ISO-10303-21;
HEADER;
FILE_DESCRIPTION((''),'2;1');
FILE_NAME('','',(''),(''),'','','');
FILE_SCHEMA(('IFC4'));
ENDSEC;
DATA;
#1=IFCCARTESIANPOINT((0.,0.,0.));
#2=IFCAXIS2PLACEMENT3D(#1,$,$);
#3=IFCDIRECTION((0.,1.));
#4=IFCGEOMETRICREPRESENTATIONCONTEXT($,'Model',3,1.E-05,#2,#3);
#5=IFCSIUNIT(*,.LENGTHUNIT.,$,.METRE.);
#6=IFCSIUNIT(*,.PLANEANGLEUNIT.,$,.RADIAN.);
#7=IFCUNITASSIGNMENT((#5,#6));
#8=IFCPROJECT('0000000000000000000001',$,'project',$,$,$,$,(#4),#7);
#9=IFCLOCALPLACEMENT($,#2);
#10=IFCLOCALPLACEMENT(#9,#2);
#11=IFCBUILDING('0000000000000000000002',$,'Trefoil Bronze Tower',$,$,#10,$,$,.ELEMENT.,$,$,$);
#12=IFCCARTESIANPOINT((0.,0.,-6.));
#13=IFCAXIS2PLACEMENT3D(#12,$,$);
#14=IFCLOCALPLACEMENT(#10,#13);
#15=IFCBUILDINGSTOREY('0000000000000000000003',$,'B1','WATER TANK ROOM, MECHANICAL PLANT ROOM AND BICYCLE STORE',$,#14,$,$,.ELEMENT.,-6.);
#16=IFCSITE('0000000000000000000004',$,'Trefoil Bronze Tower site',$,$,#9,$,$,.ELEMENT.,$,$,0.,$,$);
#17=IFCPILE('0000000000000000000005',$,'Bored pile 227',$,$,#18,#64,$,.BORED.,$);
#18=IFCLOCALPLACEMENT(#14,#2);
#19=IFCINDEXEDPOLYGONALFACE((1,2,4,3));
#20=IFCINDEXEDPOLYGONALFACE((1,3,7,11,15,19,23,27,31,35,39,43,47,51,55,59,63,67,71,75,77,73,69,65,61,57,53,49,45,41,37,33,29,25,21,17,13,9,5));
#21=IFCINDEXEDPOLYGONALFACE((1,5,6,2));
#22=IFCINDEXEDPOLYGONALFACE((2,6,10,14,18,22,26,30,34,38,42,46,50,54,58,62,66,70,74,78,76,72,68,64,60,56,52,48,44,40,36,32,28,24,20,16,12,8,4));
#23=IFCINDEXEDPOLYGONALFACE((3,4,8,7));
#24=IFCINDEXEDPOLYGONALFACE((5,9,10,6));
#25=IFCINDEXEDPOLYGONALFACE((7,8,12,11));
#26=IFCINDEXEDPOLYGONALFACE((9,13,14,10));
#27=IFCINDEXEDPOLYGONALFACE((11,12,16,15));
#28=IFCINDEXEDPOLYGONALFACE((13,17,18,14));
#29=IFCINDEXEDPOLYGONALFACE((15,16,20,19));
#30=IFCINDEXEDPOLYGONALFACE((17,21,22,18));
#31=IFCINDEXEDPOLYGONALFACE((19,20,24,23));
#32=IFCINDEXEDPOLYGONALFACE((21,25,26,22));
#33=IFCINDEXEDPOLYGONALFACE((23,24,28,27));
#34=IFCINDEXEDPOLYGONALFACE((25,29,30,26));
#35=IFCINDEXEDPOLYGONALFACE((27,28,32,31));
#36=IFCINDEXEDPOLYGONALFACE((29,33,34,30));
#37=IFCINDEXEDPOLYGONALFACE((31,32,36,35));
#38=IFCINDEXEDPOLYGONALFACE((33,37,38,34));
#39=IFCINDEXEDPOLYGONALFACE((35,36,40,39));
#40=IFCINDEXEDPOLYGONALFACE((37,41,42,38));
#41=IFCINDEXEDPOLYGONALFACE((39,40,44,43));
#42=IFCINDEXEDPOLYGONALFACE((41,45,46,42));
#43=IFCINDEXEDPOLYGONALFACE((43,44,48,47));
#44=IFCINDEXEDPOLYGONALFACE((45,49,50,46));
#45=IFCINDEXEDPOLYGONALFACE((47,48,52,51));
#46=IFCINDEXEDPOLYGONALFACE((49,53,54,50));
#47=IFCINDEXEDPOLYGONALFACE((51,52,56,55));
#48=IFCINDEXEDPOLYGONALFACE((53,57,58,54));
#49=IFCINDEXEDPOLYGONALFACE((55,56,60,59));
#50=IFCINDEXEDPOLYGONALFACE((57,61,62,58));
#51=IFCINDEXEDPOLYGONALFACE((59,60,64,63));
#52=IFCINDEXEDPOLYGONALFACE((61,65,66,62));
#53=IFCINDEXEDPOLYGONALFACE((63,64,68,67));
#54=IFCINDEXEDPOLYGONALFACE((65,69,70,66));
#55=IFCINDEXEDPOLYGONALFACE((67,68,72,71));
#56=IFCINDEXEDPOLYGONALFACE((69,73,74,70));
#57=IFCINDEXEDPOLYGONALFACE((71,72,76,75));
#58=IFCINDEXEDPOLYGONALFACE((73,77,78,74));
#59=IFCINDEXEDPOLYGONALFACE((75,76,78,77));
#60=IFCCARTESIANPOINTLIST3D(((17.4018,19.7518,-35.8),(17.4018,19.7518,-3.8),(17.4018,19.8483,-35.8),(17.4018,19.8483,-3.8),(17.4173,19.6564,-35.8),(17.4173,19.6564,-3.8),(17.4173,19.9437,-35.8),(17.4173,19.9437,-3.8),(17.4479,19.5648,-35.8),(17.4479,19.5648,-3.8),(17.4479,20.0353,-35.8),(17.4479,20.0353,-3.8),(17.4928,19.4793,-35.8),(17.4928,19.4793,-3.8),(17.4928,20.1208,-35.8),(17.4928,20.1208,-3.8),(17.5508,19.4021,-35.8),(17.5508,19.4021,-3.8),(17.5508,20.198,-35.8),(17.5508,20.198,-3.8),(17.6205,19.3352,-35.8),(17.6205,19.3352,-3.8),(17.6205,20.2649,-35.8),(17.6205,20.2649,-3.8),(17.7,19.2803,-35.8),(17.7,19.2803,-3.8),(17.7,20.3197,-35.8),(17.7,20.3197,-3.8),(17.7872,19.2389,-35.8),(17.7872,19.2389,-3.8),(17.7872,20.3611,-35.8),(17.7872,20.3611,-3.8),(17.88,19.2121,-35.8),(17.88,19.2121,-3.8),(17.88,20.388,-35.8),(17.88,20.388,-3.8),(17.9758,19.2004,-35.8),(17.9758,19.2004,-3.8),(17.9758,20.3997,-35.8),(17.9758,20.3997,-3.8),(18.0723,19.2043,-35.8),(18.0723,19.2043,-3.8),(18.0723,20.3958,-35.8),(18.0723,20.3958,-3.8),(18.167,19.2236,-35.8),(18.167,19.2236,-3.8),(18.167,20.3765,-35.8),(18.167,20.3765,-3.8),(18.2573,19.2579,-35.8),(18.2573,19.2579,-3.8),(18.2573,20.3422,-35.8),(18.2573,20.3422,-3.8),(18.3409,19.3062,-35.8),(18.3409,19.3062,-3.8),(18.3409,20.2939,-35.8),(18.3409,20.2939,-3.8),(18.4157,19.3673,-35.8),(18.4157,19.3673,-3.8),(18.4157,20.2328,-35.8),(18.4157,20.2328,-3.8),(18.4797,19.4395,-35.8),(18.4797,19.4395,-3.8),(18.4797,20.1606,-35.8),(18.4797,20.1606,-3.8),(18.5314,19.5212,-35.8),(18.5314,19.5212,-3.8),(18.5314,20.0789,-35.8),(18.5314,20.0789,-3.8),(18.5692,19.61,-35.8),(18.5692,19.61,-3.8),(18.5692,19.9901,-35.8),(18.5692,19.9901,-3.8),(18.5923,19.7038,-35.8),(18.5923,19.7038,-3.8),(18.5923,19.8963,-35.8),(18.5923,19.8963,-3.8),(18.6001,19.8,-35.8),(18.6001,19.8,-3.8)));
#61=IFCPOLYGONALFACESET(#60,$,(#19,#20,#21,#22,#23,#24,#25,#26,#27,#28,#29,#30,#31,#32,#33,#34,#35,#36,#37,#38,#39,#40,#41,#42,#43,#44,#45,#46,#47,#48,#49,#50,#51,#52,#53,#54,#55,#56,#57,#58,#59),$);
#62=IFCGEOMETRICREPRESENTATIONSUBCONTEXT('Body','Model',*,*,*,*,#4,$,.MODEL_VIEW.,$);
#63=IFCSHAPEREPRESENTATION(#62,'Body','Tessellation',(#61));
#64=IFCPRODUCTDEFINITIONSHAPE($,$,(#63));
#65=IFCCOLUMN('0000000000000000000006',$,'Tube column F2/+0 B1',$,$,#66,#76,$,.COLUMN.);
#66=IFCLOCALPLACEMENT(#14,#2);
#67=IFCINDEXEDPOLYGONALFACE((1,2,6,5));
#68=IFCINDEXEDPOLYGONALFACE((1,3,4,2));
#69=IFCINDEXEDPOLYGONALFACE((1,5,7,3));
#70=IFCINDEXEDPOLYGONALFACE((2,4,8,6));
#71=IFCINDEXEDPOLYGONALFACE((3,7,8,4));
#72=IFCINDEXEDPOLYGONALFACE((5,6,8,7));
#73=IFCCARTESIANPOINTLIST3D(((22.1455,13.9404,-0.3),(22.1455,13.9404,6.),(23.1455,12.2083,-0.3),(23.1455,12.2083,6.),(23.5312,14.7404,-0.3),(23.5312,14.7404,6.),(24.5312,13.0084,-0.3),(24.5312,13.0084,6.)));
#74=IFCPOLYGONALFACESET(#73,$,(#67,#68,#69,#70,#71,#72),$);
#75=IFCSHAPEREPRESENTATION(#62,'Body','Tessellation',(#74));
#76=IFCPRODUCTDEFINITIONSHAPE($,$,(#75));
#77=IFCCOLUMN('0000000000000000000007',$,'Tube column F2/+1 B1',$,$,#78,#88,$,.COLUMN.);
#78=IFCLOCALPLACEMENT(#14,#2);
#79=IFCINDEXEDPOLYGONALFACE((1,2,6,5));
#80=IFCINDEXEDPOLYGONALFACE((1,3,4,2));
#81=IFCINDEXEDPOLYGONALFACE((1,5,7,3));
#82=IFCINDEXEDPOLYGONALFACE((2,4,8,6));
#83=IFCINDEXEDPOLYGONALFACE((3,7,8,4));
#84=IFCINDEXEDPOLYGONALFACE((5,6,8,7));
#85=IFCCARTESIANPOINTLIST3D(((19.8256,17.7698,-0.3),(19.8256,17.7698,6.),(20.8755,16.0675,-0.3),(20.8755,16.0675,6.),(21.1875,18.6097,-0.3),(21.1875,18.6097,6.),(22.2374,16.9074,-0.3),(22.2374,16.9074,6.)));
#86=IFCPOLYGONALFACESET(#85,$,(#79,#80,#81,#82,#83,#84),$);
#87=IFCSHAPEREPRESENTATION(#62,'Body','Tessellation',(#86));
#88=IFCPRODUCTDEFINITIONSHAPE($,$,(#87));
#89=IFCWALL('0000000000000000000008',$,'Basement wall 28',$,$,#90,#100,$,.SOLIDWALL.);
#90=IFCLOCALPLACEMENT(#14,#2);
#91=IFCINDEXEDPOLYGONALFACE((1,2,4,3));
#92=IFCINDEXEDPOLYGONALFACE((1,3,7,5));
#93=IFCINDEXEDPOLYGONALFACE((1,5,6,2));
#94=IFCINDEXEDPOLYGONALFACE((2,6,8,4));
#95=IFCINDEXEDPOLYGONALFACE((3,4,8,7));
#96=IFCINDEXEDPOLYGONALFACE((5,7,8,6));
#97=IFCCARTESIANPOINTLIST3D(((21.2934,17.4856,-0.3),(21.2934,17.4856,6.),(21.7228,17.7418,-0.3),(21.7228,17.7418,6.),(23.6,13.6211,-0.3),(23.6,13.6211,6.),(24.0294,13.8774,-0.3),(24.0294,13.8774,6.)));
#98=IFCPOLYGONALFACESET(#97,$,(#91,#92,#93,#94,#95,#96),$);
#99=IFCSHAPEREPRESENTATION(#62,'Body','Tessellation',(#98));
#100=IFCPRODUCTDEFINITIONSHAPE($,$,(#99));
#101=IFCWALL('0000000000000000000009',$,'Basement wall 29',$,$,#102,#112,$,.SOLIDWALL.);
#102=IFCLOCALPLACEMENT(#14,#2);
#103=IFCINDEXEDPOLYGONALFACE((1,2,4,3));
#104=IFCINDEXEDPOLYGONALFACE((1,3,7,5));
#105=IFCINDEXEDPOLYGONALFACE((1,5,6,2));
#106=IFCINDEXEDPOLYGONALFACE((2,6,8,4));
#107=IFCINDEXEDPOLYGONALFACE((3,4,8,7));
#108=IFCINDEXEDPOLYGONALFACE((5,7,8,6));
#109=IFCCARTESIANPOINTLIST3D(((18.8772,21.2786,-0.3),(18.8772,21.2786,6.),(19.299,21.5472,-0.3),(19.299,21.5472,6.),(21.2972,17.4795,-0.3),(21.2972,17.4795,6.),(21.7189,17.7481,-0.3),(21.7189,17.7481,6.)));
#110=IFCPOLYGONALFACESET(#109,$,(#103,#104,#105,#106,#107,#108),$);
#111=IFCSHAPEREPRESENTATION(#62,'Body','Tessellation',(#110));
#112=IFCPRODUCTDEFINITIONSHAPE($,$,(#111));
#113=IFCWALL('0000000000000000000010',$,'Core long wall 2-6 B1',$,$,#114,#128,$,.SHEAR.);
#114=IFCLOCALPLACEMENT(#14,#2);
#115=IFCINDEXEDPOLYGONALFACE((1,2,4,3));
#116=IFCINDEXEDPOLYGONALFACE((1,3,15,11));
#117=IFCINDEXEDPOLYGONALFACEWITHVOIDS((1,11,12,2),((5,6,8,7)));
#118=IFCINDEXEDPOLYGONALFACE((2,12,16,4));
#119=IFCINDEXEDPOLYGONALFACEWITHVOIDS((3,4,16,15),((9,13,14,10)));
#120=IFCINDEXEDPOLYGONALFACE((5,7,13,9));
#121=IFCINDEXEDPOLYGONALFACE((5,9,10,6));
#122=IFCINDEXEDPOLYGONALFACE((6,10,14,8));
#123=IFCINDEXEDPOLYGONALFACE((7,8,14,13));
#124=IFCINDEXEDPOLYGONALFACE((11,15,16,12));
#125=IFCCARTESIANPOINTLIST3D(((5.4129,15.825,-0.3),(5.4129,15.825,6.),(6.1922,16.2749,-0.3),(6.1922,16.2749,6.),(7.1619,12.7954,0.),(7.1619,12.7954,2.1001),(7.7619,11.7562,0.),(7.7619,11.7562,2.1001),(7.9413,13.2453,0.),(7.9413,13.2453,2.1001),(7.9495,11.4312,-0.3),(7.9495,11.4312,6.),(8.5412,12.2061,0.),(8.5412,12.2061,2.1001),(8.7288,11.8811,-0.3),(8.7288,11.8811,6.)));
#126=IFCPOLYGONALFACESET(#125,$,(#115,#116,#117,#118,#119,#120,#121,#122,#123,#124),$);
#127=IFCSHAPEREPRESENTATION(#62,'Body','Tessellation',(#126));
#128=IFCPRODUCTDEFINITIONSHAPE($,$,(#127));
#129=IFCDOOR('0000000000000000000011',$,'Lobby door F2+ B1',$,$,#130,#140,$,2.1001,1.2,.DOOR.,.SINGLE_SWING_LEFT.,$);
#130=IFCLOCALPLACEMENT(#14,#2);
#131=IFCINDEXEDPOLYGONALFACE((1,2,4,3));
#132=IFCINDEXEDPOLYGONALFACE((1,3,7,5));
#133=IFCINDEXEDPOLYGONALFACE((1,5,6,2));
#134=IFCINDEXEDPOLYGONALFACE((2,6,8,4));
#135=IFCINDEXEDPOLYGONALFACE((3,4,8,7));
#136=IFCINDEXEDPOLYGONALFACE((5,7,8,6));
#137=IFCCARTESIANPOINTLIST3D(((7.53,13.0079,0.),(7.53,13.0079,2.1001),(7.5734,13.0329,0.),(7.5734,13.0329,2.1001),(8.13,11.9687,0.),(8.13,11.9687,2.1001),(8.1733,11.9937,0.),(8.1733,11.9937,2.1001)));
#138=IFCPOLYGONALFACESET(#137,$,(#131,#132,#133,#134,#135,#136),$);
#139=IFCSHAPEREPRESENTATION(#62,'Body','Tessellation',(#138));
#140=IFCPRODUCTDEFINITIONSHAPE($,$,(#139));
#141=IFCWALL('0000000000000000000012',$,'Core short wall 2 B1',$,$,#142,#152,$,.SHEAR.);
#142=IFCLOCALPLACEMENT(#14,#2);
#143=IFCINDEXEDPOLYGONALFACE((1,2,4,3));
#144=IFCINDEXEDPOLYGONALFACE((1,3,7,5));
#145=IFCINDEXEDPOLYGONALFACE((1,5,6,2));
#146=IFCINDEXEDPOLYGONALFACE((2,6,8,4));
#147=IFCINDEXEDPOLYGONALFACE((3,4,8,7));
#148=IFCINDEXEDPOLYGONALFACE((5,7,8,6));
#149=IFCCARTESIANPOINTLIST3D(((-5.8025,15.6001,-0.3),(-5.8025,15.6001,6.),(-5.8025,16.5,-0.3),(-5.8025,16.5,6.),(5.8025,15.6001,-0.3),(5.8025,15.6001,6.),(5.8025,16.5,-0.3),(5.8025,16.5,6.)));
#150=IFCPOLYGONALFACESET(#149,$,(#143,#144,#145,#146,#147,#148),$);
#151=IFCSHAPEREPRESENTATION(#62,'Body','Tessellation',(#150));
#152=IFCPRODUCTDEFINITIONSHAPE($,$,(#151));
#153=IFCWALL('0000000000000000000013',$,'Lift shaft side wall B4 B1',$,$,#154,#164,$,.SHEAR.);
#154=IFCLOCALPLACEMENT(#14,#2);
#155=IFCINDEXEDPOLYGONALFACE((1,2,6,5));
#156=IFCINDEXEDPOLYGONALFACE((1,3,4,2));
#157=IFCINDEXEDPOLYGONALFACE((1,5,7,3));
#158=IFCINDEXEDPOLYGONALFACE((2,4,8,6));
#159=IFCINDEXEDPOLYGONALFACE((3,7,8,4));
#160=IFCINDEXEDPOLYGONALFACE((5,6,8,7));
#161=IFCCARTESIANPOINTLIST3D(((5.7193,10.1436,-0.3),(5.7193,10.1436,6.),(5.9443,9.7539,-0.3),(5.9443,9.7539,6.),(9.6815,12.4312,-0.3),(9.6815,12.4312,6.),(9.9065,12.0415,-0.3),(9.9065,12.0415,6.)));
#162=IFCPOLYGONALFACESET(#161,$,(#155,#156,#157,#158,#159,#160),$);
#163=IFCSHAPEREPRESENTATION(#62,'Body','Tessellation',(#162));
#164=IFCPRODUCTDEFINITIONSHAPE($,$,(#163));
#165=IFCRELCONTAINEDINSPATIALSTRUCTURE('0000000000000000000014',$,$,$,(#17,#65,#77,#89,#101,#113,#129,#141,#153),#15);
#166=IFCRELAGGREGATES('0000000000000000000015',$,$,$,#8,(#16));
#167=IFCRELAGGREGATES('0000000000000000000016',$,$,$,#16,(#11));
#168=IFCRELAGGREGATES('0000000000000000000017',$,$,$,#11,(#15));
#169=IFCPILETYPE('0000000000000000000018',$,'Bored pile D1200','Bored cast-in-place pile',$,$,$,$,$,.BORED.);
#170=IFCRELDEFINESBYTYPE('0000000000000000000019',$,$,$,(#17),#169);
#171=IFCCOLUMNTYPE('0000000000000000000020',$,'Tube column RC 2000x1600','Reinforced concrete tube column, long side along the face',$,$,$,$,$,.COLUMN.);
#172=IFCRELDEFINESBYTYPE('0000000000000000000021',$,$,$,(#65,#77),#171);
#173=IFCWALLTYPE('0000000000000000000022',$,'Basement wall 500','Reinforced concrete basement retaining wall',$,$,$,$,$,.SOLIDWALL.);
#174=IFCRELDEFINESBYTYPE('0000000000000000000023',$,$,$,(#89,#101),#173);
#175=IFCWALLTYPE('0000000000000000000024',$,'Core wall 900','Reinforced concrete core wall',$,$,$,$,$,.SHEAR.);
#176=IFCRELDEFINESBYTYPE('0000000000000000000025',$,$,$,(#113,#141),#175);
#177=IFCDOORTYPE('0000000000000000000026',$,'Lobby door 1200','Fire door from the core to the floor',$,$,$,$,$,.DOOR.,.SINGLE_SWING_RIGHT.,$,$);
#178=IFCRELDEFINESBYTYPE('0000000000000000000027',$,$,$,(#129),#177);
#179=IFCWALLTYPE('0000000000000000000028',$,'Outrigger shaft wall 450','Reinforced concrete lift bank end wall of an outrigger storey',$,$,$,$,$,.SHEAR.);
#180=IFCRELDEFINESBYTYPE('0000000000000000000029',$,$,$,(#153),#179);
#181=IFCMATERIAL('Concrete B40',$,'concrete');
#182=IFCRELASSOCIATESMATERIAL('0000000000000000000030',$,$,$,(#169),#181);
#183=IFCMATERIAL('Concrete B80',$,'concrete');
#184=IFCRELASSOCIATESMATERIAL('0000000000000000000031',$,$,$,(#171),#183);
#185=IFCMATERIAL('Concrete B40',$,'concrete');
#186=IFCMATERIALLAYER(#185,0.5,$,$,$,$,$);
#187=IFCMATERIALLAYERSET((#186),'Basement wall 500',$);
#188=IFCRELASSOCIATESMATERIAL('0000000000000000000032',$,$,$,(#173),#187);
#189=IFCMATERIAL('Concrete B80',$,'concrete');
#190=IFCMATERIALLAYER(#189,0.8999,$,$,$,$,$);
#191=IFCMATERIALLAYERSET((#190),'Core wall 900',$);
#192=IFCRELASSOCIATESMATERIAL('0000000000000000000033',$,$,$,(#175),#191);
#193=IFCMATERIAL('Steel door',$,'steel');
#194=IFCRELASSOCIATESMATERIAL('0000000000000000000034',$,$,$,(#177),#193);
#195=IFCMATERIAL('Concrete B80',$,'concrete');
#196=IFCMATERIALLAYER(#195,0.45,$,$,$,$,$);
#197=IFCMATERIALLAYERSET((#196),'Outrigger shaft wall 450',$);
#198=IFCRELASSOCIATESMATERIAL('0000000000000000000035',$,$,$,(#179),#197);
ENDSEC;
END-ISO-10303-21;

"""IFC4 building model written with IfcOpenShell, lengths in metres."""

from ifc_helpers import new_model, si_unit, direction, frame, frame_2d, origin, origin_2d, place, context, subcontext, project, spatial, rectangle, circle, extrude, material, layer, layer_set, material_profile, profile_set, type_object, element, fill, save


model = new_model("IFC4")

# Units and contexts
model_context = context("Model", 3, precision=1e-05, world=origin(), true_north=direction((0.0, 1.0)))
body_context = subcontext(model_context, "Body", "Model", "MODEL_VIEW")
ifc_project = project(units=[si_unit("LENGTHUNIT", "METRE"), si_unit("PLANEANGLEUNIT", "RADIAN")], contexts=[model_context])

# Site, building, storey
site_placement = place(None, origin())
site = spatial("IfcSite", under=ifc_project, at=site_placement, Name="Trefoil Bronze Tower site", CompositionType="ELEMENT", RefElevation=0.0)
building_placement = place(site_placement, origin())
building = spatial("IfcBuilding", under=site, at=building_placement, Name="Trefoil Bronze Tower", CompositionType="ELEMENT")
storey_placement = place(building_placement, frame((0.0, 0.0, -6.0)))
storey = spatial("IfcBuildingStorey", under=building, at=storey_placement, Name="B1", Description="WATER TANK ROOM, MECHANICAL PLANT ROOM AND BICYCLE STORE", CompositionType="ELEMENT", Elevation=-6.0)

# Pile
ifc_material_1 = material(Name="Concrete B40", Category="concrete")
pile_type = type_object("IfcPileType", Name="Bored pile D1200", Description="Bored cast-in-place pile", PredefinedType="BORED", material=ifc_material_1)
for number, where, z_axis, x_axis, name in (
    (1, (18.0, 19.8, -3.8), (0.0, 0.0, -1.0), (1.0, 0.0, 0.0), "Bored pile 227"),
):
    element("IfcPile", number, at=place(storey_placement, frame(where, z_axis=z_axis, x_axis=x_axis)), inside=storey, type_object=pile_type, Name=name, PredefinedType="BORED", context=body_context, shape_type="SweptSolid", body=[
        extrude(circle(Radius=0.6001, at=origin_2d()), origin(), (0.0, 0.0, 1.0), 32.0),
    ])

# Columns
ifc_material_2 = material(Name="Concrete B80", Category="concrete")
ifc_material_profile = material_profile(ifc_material_2, rectangle(XDim=2.0, YDim=1.6001, at=origin_2d()), Name="RC 2000x1600")
ifc_profile_set = profile_set([ifc_material_profile], Name="Concrete B80")
column_type = type_object("IfcColumnType", Name="Tube column RC 2000x1600", Description="Reinforced concrete tube column, long side along the face", PredefinedType="COLUMN", material=ifc_profile_set)
for number, where, z_axis, x_axis, name in (
    (2, (23.3384, 13.4744, -0.3), (0.0, 0.0, 1.0), (-0.5, 0.866025, 0.0), "Tube column F2/+0 B1"),
    (3, (21.0315, 17.3386, -0.3), (0.0, 0.0, 1.0), (-0.524923, 0.85115, 0.0), "Tube column F2/+1 B1"),
):
    element("IfcColumn", number, at=place(storey_placement, frame(where, z_axis=z_axis, x_axis=x_axis)), inside=storey, type_object=column_type, Name=name, PredefinedType="COLUMN", context=body_context, shape_type="SweptSolid", body=[
        extrude(rectangle(XDim=2.0, YDim=1.6001, at=origin_2d()), origin(), (0.0, 0.0, 1.0), 6.3),
    ])

# Walls
ifc_material_3 = material(Name="Concrete B40", Category="concrete")
ifc_layer_1 = layer(ifc_material_3, 0.5)
ifc_layer_set_1 = layer_set([ifc_layer_1], Name="Basement wall 500")
wall_type_1 = type_object("IfcWallType", Name="Basement wall 500", Description="Reinforced concrete basement retaining wall", PredefinedType="SOLIDWALL", material=ifc_layer_set_1)
wall_1_placement = place(storey_placement, frame((23.8147, 13.7493, -0.3), z_axis=(0.0, 0.0, 1.0), x_axis=(-0.512524, 0.858673, 0.0)))
element("IfcWall", 4, at=wall_1_placement, inside=storey, type_object=wall_type_1, Name="Basement wall 28", PredefinedType="SOLIDWALL", context=body_context, shape_type="SweptSolid", body=[
    extrude(rectangle(XDim=4.5005, YDim=0.5, at=frame_2d((2.2502, 0.0))), origin(), (0.0, 0.0, 1.0), 6.3),
])
wall_2_placement = place(storey_placement, frame((21.5081, 17.6138, -0.3), z_axis=(0.0, 0.0, 1.0), x_axis=(-0.537244, 0.843427, 0.0)))
element("IfcWall", 5, at=wall_2_placement, inside=storey, type_object=wall_type_1, Name="Basement wall 29", PredefinedType="SOLIDWALL", context=body_context, shape_type="SweptSolid", body=[
    extrude(rectangle(XDim=4.5044, YDim=0.5, at=frame_2d((2.2522, 0.0))), origin(), (0.0, 0.0, 1.0), 6.3),
])

# Wall, opening, door
ifc_material_4 = material(Name="Concrete B80", Category="concrete")
ifc_layer_2 = layer(ifc_material_4, 0.8999)
ifc_layer_set_2 = layer_set([ifc_layer_2], Name="Core wall 900")
wall_type_2 = type_object("IfcWallType", Name="Core wall 900", Description="Reinforced concrete core wall", PredefinedType="SHEAR", material=ifc_layer_set_2)
wall_3_placement = place(storey_placement, frame((8.3391, 11.6562, -0.3), z_axis=(0.0, 0.0, 1.0), x_axis=(-0.499979, 0.866037, 0.0)))
wall_3 = element("IfcWall", 6, at=wall_3_placement, inside=storey, type_object=wall_type_2, Name="Core long wall 2-6 B1", PredefinedType="SHEAR", context=body_context, shape_type="SweptSolid", body=[
    extrude(rectangle(XDim=5.0735, YDim=0.8999, at=frame_2d((2.5366, 0.0))), origin(), (0.0, 0.0, 1.0), 6.3),
])
opening_1_placement = place(wall_3_placement, frame((0.375, 0.0, 0.3)))
opening_1 = element("IfcOpeningElement", 7, at=opening_1_placement, cuts=wall_3, PredefinedType="OPENING", context=body_context, shape_type="SweptSolid", body=[
    extrude(rectangle(XDim=1.2, YDim=2.1001, at=frame_2d((0.6001, 1.05))), frame((0.0, 0.46, 0.0), z_axis=(0.0, -1.0, 0.0), x_axis=(1.0, 0.0, 0.0)), (0.0, 0.0, 1.0), 0.9199),
])
ifc_material_5 = material(Name="Steel door", Category="steel")
door_type_1 = type_object("IfcDoorType", Name="Lobby door 1200", Description="Fire door from the core to the floor", OperationType="SINGLE_SWING_RIGHT", PredefinedType="DOOR", material=ifc_material_5)
door_1_placement = place(opening_1_placement, origin())
door_1 = element("IfcDoor", 8, at=door_1_placement, inside=storey, type_object=door_type_1, Name="Lobby door F2+ B1", OperationType="SINGLE_SWING_LEFT", OverallHeight=2.1001, OverallWidth=1.2, PredefinedType="DOOR", context=body_context, shape_type="SweptSolid", body=[
    extrude(rectangle(XDim=1.2, YDim=2.1001, at=frame_2d((0.6001, 1.05))), frame((0.0, 0.0249, 0.0), z_axis=(0.0, -1.0, 0.0), x_axis=(1.0, 0.0, 0.0)), (0.0, 0.0, 1.0), 0.05),
])
fill(opening_1, door_1)

# Walls
wall_4_placement = place(storey_placement, frame((5.8025, 16.05, -0.3), z_axis=(0.0, 0.0, 1.0), x_axis=(-1.0, 0.0, 0.0)))
element("IfcWall", 9, at=wall_4_placement, inside=storey, type_object=wall_type_2, Name="Core short wall 2 B1", PredefinedType="SHEAR", context=body_context, shape_type="SweptSolid", body=[
    extrude(rectangle(XDim=11.605, YDim=0.8999, at=frame_2d((5.8025, 0.0))), origin(), (0.0, 0.0, 1.0), 6.3),
])
ifc_material_6 = material(Name="Concrete B80", Category="concrete")
ifc_layer_3 = layer(ifc_material_6, 0.45)
ifc_layer_set_3 = layer_set([ifc_layer_3], Name="Outrigger shaft wall 450")
wall_type_3 = type_object("IfcWallType", Name="Outrigger shaft wall 450", Description="Reinforced concrete lift bank end wall of an outrigger storey", PredefinedType="SHEAR", material=ifc_layer_set_3)
wall_5_placement = place(storey_placement, frame((5.8318, 9.9487, -0.3), z_axis=(0.0, 0.0, 1.0), x_axis=(0.866021, 0.500007, 0.0)))
element("IfcWall", 10, at=wall_5_placement, inside=storey, type_object=wall_type_3, Name="Lift shaft side wall B4 B1", PredefinedType="SHEAR", context=body_context, shape_type="SweptSolid", body=[
    extrude(rectangle(XDim=4.5752, YDim=0.45, at=frame_2d((2.2876, 0.0))), origin(), (0.0, 0.0, 1.0), 6.3),
])

save(model, "model.ifc")
